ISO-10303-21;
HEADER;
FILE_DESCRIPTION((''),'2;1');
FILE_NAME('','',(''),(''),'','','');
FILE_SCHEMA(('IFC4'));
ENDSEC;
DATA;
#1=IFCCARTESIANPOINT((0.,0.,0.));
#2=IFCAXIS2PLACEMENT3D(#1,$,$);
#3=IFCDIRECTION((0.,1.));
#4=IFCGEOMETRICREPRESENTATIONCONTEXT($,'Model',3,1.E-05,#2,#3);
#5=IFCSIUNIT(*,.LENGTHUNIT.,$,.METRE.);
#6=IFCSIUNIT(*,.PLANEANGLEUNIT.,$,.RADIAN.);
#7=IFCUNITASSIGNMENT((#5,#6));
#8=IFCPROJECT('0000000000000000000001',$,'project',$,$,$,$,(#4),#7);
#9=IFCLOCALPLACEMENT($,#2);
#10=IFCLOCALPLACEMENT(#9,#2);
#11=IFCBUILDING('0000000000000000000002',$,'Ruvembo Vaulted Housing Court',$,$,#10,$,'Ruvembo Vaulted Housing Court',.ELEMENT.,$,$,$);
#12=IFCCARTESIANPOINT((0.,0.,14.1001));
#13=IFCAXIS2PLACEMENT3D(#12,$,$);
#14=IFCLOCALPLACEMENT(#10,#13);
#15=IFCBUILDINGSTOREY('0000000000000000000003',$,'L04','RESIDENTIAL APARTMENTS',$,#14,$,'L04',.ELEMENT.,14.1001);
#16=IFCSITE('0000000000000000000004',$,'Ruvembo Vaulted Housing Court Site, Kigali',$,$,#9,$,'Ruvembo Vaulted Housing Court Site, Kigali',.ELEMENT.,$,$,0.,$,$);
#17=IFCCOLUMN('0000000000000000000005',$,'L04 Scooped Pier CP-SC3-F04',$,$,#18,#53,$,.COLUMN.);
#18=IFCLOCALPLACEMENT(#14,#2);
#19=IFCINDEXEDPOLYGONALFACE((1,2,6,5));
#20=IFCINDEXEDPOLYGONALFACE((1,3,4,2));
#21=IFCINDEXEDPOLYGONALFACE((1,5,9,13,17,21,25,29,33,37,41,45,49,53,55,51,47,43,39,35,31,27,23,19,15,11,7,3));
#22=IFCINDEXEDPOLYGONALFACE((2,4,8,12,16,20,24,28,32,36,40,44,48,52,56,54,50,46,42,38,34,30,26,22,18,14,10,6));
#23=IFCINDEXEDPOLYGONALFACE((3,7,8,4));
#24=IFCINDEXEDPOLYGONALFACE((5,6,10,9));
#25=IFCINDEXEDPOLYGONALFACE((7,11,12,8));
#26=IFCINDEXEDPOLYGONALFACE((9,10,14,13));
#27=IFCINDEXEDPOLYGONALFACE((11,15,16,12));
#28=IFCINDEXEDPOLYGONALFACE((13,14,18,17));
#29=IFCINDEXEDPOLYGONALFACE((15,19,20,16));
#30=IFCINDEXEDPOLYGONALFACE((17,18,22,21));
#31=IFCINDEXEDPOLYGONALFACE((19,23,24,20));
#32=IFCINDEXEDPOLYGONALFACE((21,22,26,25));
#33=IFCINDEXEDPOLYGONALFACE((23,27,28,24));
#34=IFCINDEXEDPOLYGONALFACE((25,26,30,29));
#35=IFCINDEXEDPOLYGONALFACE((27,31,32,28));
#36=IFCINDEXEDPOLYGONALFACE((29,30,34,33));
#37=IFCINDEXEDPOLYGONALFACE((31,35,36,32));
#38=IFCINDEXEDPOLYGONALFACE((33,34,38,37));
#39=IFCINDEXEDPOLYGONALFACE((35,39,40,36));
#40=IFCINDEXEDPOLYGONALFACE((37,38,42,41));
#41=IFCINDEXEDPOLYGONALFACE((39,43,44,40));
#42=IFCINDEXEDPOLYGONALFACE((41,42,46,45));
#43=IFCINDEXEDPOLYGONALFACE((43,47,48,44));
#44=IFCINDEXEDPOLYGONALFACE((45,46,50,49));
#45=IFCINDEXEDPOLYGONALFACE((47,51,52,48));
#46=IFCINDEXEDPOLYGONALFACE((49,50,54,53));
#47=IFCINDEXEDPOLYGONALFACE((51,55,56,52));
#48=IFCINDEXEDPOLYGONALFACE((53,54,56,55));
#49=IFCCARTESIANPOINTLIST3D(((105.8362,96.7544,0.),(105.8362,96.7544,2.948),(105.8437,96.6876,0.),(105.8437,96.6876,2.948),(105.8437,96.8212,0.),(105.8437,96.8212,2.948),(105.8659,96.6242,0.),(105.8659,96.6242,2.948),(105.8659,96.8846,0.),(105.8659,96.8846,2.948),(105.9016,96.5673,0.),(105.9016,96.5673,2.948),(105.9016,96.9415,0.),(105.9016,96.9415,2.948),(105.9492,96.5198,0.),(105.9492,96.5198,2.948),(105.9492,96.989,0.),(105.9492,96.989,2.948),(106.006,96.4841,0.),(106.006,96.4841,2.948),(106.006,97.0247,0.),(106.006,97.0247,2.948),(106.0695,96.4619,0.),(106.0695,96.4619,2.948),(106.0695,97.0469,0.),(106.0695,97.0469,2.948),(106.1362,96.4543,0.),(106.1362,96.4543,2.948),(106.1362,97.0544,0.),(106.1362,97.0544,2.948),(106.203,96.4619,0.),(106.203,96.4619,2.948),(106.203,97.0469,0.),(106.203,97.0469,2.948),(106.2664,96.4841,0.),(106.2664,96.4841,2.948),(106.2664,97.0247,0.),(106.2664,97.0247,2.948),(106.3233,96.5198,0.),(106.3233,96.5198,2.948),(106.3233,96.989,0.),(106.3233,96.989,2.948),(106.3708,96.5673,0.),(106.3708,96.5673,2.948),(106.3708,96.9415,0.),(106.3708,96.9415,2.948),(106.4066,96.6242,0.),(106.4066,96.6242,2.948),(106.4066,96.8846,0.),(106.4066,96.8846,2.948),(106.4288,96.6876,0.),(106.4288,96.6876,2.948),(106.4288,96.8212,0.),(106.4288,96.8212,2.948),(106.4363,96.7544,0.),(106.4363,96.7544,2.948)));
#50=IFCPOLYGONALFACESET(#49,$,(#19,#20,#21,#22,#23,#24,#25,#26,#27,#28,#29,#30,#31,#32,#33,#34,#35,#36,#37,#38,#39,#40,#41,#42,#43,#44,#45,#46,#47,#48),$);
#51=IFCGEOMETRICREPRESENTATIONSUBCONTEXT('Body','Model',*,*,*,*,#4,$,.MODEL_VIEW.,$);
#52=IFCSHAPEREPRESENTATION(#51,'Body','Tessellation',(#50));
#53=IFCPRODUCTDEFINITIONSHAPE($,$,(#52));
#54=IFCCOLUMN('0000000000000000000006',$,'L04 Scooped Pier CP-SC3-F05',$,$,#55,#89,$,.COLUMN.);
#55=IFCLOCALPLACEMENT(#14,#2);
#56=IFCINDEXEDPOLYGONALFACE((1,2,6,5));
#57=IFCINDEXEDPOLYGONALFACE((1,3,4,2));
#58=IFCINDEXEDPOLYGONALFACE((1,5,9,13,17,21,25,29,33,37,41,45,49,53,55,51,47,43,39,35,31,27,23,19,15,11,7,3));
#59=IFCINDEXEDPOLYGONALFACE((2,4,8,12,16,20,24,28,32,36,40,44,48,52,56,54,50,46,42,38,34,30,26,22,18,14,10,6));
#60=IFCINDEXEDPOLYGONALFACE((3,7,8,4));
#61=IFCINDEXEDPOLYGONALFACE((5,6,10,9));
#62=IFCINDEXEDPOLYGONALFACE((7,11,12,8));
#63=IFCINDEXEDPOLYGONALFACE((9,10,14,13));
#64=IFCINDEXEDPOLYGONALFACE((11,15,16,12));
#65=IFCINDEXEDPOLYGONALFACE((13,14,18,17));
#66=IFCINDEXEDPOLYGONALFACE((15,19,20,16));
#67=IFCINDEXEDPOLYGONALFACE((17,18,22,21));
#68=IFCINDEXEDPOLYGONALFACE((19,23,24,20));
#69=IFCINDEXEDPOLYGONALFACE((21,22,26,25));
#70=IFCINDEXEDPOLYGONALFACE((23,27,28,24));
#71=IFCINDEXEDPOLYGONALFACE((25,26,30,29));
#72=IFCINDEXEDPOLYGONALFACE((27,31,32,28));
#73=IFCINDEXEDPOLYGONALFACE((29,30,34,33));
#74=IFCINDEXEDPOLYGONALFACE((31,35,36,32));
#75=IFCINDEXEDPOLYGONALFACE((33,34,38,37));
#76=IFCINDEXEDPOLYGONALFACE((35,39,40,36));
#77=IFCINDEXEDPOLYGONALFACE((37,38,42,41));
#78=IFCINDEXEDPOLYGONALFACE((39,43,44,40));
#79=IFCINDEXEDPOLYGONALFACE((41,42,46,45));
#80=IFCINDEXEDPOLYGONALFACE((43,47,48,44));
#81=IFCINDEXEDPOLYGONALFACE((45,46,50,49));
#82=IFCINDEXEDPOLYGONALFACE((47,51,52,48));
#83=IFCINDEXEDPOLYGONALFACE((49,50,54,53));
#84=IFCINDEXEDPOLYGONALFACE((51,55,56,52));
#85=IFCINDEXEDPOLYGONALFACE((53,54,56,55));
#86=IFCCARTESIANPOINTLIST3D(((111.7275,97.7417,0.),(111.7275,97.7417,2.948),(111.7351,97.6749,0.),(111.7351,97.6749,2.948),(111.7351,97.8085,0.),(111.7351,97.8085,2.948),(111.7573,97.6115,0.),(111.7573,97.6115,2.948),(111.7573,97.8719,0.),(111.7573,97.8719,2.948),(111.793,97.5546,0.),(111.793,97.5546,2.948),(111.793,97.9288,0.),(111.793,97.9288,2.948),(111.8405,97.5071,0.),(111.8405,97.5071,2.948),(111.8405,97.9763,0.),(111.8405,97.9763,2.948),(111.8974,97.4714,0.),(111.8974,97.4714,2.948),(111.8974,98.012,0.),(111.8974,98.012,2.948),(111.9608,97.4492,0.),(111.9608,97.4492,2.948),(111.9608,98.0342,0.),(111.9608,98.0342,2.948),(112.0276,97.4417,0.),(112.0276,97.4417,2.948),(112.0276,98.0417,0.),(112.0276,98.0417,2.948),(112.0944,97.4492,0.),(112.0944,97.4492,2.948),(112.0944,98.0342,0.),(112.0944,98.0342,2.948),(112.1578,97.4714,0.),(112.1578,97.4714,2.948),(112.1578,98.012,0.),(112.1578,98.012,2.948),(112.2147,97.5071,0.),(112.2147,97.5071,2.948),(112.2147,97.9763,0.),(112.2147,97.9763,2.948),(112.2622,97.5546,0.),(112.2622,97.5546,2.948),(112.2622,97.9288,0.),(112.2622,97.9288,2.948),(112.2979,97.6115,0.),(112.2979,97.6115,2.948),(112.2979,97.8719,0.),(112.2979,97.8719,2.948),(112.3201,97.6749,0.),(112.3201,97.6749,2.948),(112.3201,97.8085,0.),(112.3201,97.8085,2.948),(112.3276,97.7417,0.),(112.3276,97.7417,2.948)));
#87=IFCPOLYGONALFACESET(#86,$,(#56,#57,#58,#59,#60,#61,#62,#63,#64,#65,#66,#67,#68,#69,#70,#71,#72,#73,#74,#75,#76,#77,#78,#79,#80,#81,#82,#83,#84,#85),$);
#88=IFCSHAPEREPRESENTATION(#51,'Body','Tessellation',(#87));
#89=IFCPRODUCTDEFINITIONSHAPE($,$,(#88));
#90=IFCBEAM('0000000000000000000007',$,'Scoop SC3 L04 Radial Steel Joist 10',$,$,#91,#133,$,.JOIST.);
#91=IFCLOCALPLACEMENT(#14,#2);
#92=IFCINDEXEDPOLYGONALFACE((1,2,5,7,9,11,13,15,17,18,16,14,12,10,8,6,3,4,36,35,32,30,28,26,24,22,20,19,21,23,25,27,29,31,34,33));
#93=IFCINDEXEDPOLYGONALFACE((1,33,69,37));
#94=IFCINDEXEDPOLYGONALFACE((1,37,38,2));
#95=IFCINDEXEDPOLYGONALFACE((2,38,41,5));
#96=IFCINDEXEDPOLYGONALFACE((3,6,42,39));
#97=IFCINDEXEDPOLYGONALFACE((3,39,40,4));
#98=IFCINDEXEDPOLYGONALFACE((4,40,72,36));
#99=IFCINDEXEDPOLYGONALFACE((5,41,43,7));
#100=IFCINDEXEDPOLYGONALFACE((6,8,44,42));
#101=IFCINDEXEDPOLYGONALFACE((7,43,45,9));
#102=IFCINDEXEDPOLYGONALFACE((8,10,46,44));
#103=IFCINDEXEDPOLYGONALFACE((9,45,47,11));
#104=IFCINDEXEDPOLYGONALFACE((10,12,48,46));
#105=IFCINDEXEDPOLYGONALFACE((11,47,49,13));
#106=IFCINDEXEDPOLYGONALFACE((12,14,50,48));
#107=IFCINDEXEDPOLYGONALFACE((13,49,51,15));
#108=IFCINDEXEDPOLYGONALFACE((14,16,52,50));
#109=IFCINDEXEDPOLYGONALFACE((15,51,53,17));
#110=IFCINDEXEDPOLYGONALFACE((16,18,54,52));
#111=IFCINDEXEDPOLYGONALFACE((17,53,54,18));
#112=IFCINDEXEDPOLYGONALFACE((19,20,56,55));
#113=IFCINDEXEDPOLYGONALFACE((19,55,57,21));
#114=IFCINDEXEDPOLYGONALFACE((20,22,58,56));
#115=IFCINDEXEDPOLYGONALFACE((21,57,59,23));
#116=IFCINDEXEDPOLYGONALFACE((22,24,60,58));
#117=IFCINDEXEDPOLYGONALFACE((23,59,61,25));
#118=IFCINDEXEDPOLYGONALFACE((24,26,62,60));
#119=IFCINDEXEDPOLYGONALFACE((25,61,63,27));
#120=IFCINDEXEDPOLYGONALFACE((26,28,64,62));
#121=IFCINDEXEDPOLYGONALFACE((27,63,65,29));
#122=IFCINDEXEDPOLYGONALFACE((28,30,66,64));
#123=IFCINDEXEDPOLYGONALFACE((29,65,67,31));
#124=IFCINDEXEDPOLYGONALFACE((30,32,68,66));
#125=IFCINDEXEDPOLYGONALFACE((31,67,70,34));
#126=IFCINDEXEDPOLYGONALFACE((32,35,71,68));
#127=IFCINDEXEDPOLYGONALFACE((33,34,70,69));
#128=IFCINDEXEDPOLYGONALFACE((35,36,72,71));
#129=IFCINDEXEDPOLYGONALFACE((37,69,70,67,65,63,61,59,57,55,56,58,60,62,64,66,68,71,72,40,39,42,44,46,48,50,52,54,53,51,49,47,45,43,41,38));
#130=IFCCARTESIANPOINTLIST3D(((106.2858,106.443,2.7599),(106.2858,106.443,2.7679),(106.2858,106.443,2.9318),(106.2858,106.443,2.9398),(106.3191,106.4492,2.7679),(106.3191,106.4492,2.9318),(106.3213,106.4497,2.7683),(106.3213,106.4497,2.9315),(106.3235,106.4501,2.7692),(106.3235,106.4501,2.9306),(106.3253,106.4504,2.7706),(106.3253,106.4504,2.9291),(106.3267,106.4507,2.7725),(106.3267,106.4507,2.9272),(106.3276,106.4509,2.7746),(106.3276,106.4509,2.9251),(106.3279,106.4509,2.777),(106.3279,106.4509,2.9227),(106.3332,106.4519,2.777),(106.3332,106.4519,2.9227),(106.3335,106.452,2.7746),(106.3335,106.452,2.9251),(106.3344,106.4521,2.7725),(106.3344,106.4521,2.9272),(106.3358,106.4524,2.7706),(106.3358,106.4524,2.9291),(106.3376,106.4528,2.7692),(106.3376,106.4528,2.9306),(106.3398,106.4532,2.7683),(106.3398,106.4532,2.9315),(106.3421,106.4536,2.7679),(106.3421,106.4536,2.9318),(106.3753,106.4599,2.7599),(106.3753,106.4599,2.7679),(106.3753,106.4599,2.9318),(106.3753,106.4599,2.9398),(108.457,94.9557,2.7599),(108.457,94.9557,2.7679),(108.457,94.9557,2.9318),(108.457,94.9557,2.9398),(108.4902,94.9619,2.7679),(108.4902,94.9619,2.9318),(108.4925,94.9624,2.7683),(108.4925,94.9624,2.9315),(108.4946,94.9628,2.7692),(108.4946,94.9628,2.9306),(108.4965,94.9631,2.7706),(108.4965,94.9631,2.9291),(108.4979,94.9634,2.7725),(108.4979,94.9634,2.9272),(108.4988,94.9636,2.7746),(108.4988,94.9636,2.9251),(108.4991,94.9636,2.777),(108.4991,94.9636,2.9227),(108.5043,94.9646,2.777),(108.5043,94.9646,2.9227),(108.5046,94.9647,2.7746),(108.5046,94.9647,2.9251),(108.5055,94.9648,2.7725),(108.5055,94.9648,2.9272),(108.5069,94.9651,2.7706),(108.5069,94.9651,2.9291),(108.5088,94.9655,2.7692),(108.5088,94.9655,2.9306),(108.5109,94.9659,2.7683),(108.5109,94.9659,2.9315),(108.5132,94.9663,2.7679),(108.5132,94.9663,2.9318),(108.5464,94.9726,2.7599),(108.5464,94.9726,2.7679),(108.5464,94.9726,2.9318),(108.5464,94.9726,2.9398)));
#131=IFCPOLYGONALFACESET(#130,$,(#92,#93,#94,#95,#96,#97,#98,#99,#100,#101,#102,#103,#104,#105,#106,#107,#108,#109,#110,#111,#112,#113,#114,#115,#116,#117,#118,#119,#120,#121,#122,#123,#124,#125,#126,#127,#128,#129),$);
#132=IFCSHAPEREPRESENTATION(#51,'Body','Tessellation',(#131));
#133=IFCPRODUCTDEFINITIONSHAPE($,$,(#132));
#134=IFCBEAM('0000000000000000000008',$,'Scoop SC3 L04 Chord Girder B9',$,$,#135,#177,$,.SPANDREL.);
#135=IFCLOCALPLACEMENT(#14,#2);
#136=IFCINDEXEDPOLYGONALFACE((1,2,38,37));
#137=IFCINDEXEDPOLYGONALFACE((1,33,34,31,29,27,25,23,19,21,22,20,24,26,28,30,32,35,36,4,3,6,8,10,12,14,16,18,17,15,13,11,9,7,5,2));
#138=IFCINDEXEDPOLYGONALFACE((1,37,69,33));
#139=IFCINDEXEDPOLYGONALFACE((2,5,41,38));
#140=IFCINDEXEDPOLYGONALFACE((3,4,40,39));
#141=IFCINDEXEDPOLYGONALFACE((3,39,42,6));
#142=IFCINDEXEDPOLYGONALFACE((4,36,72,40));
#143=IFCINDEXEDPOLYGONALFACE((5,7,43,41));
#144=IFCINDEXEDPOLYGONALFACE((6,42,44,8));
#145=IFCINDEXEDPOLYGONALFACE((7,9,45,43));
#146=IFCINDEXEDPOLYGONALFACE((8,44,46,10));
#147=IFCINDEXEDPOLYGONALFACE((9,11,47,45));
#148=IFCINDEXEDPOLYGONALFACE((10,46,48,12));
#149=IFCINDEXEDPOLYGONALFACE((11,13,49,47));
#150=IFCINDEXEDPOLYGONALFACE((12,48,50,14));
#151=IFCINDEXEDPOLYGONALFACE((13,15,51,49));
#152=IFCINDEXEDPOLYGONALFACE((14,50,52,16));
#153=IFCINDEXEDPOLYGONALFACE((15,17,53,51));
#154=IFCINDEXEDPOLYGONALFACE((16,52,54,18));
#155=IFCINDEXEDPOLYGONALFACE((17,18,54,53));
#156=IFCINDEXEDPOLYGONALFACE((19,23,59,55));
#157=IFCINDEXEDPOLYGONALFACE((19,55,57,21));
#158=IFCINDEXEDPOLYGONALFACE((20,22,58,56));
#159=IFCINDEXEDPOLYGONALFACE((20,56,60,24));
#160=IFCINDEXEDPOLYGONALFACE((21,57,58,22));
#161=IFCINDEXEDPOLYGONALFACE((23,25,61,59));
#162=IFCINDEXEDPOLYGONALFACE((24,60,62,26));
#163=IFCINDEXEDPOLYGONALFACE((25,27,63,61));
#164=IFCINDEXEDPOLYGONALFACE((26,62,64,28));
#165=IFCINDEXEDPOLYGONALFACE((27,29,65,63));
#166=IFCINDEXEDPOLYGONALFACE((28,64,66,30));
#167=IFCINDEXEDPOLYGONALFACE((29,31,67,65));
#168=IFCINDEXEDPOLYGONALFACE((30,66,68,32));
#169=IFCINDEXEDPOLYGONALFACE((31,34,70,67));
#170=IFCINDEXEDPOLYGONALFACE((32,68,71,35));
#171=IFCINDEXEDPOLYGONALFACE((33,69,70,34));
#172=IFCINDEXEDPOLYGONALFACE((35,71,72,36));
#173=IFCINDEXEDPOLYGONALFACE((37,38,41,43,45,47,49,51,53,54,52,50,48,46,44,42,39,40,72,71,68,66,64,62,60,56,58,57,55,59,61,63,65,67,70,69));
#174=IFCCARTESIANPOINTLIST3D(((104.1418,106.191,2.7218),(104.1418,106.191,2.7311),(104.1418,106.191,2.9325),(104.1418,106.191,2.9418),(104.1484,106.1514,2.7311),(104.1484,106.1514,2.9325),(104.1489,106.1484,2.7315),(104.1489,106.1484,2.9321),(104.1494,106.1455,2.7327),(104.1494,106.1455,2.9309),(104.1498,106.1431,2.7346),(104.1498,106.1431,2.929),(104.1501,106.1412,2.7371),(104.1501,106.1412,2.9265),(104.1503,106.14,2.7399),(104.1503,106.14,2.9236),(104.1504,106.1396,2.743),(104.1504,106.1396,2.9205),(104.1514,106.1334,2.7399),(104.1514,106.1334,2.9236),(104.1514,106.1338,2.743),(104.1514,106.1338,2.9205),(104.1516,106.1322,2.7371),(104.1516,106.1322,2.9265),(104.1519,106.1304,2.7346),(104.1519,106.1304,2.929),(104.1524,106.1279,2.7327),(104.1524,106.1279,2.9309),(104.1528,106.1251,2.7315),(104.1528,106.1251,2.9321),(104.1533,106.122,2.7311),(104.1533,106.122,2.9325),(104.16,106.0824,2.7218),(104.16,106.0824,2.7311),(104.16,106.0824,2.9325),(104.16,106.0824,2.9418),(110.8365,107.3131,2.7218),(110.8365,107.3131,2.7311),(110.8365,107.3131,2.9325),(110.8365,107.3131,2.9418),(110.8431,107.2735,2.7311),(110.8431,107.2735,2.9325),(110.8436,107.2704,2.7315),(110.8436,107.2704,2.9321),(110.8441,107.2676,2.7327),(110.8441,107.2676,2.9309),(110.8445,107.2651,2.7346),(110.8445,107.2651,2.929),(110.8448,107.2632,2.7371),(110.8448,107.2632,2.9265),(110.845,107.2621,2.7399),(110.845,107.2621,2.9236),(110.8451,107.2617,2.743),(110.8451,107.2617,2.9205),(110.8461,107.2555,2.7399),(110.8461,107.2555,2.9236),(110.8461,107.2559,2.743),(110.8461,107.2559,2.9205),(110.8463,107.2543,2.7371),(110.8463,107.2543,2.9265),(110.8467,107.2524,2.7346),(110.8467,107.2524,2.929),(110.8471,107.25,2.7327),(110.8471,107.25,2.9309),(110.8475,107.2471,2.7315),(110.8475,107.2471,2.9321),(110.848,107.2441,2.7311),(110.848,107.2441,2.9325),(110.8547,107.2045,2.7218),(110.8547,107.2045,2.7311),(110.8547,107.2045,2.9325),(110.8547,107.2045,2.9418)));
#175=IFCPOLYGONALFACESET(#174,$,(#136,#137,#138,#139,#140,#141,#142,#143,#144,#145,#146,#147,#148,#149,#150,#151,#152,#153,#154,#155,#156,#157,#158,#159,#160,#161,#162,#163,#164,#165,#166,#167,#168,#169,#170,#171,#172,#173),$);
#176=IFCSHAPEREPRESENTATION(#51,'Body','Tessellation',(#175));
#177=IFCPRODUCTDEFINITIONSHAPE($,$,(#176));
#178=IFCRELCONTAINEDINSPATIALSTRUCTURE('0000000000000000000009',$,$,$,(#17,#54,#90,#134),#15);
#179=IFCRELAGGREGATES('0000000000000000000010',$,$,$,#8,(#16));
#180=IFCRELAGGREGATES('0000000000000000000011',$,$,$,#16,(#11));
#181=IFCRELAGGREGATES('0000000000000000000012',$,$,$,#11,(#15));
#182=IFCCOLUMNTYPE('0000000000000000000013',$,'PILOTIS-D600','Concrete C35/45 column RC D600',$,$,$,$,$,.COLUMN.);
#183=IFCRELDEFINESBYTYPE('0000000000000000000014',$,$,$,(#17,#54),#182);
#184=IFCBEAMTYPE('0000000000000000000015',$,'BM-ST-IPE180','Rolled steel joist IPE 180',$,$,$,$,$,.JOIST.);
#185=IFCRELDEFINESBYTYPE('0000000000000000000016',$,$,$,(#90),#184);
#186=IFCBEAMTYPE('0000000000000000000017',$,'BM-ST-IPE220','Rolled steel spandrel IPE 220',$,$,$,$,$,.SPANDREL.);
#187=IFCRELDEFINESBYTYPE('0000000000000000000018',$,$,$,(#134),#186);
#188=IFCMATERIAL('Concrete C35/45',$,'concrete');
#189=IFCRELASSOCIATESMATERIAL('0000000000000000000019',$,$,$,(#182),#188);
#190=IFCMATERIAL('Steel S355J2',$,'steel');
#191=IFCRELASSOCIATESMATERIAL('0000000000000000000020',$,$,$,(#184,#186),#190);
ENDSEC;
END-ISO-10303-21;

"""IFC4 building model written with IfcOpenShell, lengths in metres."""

from ifc_helpers import new_model, si_unit, direction, frame, origin, origin_2d, place, context, subcontext, project, spatial, circle, i_section, extrude, material, material_profile, profile_set, type_object, element, save


model = new_model("IFC4")

# Units and contexts
model_context = context("Model", 3, precision=1e-05, world=origin(), true_north=direction((0.0, 1.0)))
body_context = subcontext(model_context, "Body", "Model", "MODEL_VIEW")
ifc_project = project(units=[si_unit("LENGTHUNIT", "METRE"), si_unit("PLANEANGLEUNIT", "RADIAN")], contexts=[model_context])

# Site, building, storey
site_placement = place(None, origin())
site = spatial("IfcSite", under=ifc_project, at=site_placement, Name="Ruvembo Vaulted Housing Court Site, Kigali", LongName="Ruvembo Vaulted Housing Court Site, Kigali", CompositionType="ELEMENT", RefElevation=0.0)
building_placement = place(site_placement, origin())
building = spatial("IfcBuilding", under=site, at=building_placement, Name="Ruvembo Vaulted Housing Court", LongName="Ruvembo Vaulted Housing Court", CompositionType="ELEMENT")
storey_placement = place(building_placement, frame((0.0, 0.0, 14.1001)))
storey = spatial("IfcBuildingStorey", under=building, at=storey_placement, Name="L04", Description="RESIDENTIAL APARTMENTS", LongName="L04", CompositionType="ELEMENT", Elevation=14.1001)

# Columns
ifc_material_1 = material(Name="Concrete C35/45", Category="concrete")
ifc_material_profile_1 = material_profile(ifc_material_1, circle(Radius=0.3, at=origin_2d()), Name="RC D600")
ifc_profile_set_1 = profile_set([ifc_material_profile_1], Name="Concrete C35/45")
column_type = type_object("IfcColumnType", Name="PILOTIS-D600", Description="Concrete C35/45 column RC D600", PredefinedType="COLUMN", material=ifc_profile_set_1)
for number, where, z_axis, x_axis, name in (
    (1, (106.1362, 96.7544, 0.0), (0.0, 0.0, 1.0), (1.0, 0.0, 0.0), "L04 Scooped Pier CP-SC3-F04"),
    (2, (112.0276, 97.7417, 0.0), (0.0, 0.0, 1.0), (1.0, 0.0, 0.0), "L04 Scooped Pier CP-SC3-F05"),
):
    element("IfcColumn", number, at=place(storey_placement, frame(where, z_axis=z_axis, x_axis=x_axis)), inside=storey, type_object=column_type, Name=name, PredefinedType="COLUMN", context=body_context, shape_type="SweptSolid", body=[
        extrude(circle(Radius=0.3, at=origin_2d()), origin(), (0.0, 0.0, 1.0), 2.948),
    ])

# Beams
ifc_material_2 = material(Name="Steel S355J2", Category="steel")
ifc_material_profile_2 = material_profile(ifc_material_2, i_section(OverallWidth=0.0911, OverallDepth=0.1799, WebThickness=0.0054, FlangeThickness=0.0081, FilletRadius=0.009, at=origin_2d()), Name="IPE 180")
ifc_profile_set_2 = profile_set([ifc_material_profile_2], Name="Steel S355J2")
beam_type_1 = type_object("IfcBeamType", Name="BM-ST-IPE180", Description="Rolled steel joist IPE 180", PredefinedType="JOIST", material=ifc_profile_set_2)
beam_1_placement = place(storey_placement, frame((106.3306, 106.4514, 2.8499), z_axis=(0.185716, -0.982604, 0.0), x_axis=(0.982604, 0.185716, 0.0)))
element("IfcBeam", 3, at=beam_1_placement, inside=storey, type_object=beam_type_1, Name="Scoop SC3 L04 Radial Steel Joist 10", PredefinedType="JOIST", context=body_context, shape_type="SweptSolid", body=[
    extrude(i_section(OverallWidth=0.0911, OverallDepth=0.1799, WebThickness=0.0054, FlangeThickness=0.0081, FilletRadius=0.009, at=origin_2d()), origin(), (0.0, 0.0, 1.0), 11.6907),
])
ifc_material_profile_3 = material_profile(ifc_material_2, i_section(OverallWidth=0.1101, OverallDepth=0.22, WebThickness=0.0059, FlangeThickness=0.0093, FilletRadius=0.012, at=origin_2d()), Name="IPE 220")
ifc_profile_set_3 = profile_set([ifc_material_profile_3], Name="Steel S355J2")
beam_type_2 = type_object("IfcBeamType", Name="BM-ST-IPE220", Description="Rolled steel spandrel IPE 220", PredefinedType="SPANDREL", material=ifc_profile_set_3)
beam_2_placement = place(storey_placement, frame((104.1509, 106.1367, 2.8318), z_axis=(0.986244, 0.165297, 0.0), x_axis=(-0.165297, 0.986244, 0.0)))
element("IfcBeam", 4, at=beam_2_placement, inside=storey, type_object=beam_type_2, Name="Scoop SC3 L04 Chord Girder B9", PredefinedType="SPANDREL", context=body_context, shape_type="SweptSolid", body=[
    extrude(i_section(OverallWidth=0.1101, OverallDepth=0.22, WebThickness=0.0059, FlangeThickness=0.0093, FilletRadius=0.012, at=origin_2d()), origin(), (0.0, 0.0, 1.0), 6.7881),
])

save(model, "model.ifc")
